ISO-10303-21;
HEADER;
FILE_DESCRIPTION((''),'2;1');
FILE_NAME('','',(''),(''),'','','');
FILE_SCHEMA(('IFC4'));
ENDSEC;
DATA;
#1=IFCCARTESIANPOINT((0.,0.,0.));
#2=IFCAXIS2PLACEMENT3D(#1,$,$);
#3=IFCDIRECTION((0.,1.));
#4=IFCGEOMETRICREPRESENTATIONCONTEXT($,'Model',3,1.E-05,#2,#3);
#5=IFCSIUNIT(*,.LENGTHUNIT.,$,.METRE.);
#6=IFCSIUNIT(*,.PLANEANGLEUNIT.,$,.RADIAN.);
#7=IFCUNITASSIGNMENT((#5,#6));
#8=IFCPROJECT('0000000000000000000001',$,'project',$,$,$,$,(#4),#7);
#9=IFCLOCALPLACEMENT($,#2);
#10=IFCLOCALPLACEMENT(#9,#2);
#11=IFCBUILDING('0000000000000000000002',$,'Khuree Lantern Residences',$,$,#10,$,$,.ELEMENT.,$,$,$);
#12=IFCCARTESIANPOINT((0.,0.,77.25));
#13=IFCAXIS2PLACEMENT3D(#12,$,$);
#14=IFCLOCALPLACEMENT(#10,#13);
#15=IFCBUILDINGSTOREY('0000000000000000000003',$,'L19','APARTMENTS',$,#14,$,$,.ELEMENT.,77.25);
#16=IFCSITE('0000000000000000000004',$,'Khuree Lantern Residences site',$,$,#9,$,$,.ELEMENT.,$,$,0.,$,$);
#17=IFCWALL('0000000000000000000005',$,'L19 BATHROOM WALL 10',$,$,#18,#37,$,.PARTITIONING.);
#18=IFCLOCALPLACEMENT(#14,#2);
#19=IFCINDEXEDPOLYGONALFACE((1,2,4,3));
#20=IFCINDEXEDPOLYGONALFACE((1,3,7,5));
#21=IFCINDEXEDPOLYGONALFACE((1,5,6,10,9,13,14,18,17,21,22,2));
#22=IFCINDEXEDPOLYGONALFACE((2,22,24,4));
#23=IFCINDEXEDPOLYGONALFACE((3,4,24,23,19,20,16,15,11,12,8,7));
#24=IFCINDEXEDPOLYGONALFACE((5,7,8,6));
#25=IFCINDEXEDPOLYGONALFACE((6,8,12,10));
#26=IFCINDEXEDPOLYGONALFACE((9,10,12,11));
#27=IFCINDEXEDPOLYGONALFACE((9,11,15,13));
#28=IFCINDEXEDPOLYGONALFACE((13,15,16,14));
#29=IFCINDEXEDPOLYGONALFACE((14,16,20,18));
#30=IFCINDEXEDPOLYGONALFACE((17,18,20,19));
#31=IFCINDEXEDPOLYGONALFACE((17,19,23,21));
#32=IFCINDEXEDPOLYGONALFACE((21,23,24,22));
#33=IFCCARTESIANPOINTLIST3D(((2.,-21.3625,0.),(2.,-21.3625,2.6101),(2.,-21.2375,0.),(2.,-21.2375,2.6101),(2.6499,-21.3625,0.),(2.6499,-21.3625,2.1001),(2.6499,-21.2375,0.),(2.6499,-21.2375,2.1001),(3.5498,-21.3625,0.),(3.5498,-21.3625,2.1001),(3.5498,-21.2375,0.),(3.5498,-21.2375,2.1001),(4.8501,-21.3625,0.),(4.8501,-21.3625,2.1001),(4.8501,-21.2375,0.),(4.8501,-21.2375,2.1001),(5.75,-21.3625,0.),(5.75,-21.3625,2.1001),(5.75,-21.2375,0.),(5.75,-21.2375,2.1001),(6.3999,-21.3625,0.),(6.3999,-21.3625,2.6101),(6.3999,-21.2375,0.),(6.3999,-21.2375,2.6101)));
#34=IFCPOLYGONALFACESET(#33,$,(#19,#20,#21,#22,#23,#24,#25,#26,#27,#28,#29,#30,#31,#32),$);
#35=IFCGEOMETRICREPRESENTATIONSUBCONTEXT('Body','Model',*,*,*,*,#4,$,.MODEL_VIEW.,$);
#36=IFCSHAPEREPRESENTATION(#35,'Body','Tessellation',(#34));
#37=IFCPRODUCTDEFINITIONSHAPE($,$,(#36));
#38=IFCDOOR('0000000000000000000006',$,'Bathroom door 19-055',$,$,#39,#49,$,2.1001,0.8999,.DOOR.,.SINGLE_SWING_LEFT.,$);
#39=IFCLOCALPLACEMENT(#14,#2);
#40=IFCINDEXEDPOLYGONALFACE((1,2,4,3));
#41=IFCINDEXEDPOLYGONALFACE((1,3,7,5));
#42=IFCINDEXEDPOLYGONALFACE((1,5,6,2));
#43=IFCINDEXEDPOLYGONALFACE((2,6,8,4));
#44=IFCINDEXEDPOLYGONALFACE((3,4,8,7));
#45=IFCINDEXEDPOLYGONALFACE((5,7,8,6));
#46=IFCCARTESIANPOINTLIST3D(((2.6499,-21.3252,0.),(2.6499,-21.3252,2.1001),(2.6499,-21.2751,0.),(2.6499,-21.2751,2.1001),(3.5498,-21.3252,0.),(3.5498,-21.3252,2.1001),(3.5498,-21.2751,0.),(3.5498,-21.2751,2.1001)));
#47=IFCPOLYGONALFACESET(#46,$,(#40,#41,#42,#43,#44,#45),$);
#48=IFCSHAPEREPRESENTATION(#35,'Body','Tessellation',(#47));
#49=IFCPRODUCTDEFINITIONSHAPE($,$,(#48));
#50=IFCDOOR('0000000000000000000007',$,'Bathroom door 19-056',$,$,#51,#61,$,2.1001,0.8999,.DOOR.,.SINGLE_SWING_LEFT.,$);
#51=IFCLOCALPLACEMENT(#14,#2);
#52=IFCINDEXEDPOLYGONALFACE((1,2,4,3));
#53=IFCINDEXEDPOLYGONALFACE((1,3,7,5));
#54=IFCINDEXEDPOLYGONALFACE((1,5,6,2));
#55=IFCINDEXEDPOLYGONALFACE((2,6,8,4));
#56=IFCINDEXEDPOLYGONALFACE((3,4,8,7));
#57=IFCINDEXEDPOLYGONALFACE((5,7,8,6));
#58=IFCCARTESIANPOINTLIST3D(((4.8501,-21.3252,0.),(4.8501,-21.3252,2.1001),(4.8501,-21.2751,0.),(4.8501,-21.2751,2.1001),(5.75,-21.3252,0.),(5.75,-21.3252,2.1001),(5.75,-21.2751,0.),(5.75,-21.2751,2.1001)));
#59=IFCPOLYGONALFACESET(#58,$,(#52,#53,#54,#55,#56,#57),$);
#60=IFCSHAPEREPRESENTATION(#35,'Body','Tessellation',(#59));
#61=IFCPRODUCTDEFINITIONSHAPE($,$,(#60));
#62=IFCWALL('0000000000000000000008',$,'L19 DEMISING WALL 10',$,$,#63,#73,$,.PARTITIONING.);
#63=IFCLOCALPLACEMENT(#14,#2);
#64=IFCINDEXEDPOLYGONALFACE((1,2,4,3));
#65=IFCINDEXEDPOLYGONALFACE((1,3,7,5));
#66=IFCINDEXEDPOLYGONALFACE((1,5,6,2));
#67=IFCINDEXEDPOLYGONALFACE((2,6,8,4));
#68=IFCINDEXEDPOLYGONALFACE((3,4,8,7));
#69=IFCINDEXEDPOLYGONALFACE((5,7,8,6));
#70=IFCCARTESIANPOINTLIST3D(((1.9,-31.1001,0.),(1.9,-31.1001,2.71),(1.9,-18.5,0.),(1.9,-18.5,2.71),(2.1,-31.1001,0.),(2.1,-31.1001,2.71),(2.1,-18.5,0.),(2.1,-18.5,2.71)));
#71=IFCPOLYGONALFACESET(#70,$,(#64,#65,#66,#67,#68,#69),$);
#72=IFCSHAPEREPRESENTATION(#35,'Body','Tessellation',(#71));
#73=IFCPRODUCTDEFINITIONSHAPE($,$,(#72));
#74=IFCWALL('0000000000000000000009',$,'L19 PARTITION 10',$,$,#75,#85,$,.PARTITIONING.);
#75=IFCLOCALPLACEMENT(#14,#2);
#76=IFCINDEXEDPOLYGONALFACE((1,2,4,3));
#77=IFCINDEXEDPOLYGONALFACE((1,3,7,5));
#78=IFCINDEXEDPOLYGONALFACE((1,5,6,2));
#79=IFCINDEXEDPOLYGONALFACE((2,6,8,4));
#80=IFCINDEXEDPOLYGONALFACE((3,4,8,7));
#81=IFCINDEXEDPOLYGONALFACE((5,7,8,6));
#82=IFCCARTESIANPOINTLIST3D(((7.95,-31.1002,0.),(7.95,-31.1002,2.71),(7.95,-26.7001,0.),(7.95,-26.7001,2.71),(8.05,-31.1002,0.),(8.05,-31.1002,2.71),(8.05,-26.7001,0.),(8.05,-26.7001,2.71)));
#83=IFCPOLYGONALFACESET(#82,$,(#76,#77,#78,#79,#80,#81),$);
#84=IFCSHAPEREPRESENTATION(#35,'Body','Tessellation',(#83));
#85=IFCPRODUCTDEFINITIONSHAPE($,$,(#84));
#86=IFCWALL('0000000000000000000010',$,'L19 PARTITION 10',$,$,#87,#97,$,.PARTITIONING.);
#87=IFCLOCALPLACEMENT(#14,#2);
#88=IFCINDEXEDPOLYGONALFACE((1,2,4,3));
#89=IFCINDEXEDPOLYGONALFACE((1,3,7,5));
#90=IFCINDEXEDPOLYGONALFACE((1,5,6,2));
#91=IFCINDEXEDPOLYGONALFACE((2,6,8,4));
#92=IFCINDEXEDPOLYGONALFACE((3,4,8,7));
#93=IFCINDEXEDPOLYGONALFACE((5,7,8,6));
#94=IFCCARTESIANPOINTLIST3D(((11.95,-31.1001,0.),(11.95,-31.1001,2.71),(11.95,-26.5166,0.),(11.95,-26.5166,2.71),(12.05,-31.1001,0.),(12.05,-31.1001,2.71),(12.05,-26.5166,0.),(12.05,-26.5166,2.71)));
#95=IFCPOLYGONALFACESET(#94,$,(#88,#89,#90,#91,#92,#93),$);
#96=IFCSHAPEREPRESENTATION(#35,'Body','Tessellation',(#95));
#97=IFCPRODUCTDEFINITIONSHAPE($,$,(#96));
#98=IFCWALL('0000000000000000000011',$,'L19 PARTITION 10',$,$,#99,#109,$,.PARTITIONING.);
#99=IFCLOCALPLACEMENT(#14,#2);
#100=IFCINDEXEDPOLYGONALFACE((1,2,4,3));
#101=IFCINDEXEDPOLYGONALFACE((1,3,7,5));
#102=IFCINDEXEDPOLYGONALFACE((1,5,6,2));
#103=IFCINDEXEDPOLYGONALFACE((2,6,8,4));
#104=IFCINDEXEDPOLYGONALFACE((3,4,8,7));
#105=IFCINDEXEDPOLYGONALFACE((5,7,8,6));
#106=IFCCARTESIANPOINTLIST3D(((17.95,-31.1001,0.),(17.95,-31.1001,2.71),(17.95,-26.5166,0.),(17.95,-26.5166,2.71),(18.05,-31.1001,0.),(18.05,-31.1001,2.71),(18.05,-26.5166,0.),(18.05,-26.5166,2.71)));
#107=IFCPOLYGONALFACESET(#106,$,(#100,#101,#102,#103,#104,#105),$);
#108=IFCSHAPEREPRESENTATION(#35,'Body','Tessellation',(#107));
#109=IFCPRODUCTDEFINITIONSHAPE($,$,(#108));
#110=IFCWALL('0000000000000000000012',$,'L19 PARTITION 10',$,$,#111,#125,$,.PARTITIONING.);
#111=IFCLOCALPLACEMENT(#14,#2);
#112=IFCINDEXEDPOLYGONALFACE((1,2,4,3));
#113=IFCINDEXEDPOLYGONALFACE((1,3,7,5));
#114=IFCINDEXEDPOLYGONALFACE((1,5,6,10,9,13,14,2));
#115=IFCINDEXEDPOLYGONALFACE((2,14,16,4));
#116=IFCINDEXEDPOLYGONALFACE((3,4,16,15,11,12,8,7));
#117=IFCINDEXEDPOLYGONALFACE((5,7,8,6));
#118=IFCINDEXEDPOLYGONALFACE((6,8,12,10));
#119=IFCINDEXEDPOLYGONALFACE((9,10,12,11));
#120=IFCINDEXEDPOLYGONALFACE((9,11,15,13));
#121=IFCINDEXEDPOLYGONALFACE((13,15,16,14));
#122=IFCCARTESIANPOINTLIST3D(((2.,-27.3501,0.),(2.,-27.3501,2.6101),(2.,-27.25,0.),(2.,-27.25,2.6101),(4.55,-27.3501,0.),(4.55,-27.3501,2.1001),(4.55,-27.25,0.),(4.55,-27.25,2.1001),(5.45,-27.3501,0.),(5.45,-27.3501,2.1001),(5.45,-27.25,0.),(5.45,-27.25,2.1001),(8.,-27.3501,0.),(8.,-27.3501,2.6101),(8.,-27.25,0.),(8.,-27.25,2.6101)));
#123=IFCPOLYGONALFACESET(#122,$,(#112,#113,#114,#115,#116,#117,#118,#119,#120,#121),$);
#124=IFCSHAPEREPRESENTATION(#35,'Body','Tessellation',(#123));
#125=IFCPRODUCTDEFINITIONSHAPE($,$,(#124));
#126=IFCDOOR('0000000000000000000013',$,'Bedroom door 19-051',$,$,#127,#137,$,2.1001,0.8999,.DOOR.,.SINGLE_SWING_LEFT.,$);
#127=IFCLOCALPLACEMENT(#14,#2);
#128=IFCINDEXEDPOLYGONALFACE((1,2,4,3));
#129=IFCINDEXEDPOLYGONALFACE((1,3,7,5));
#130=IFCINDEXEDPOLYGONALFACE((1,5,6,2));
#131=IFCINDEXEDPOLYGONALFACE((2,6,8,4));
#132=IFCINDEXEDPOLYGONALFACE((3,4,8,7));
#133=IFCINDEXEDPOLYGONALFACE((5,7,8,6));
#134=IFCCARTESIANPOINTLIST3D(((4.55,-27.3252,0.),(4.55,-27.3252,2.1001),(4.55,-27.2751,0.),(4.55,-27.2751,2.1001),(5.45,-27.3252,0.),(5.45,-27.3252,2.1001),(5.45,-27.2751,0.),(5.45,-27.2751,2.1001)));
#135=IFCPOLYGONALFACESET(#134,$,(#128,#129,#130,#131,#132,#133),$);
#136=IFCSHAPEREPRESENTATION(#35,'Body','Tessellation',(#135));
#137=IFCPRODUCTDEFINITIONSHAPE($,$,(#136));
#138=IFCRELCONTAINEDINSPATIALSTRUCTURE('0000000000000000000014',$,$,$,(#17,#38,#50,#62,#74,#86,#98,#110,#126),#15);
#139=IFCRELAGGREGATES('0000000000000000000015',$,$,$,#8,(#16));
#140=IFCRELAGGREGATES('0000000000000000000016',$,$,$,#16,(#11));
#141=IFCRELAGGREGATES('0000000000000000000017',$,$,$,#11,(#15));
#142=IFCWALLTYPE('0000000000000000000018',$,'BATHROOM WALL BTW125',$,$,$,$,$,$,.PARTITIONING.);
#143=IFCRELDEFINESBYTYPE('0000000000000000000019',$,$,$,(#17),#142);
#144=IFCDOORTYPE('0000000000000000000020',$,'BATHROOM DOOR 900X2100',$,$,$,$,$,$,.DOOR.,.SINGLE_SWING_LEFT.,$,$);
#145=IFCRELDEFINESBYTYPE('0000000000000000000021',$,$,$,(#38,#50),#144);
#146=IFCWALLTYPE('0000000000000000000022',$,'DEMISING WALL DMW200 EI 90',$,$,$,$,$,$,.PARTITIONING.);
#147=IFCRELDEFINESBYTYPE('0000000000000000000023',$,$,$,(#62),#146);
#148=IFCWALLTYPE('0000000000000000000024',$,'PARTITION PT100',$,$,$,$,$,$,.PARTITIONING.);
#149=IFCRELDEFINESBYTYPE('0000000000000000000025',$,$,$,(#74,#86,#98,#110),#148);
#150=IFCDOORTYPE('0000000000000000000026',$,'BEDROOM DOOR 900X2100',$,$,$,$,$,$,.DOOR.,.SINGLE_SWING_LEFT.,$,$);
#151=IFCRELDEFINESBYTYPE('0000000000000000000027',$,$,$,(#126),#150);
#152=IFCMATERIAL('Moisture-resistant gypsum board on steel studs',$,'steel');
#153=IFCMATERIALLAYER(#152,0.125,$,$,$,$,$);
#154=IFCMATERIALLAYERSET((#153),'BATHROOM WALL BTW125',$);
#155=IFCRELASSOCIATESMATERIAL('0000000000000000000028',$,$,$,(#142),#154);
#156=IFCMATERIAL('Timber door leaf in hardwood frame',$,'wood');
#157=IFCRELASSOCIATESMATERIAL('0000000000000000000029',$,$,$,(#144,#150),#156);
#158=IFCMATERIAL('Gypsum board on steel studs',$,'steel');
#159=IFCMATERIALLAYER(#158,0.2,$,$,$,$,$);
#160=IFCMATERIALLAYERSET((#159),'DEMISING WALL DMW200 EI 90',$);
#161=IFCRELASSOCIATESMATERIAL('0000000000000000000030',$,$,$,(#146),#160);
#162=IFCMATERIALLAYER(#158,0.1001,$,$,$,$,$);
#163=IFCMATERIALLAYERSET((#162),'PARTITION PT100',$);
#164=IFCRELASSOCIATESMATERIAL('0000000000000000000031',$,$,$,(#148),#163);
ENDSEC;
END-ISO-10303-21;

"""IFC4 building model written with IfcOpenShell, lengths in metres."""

from ifc_helpers import new_model, si_unit, direction, frame, frame_2d, origin, place, context, subcontext, project, spatial, rectangle, extrude, material, layer, layer_set, type_object, element, fill, save


model = new_model("IFC4")

# Units and contexts
model_context = context("Model", 3, precision=1e-05, world=origin(), true_north=direction((0.0, 1.0)))
body_context = subcontext(model_context, "Body", "Model", "MODEL_VIEW")
ifc_project = project(units=[si_unit("LENGTHUNIT", "METRE"), si_unit("PLANEANGLEUNIT", "RADIAN")], contexts=[model_context])

# Site, building, storey
site_placement = place(None, origin())
site = spatial("IfcSite", under=ifc_project, at=site_placement, Name="Khuree Lantern Residences site", CompositionType="ELEMENT", RefElevation=0.0)
building_placement = place(site_placement, origin())
building = spatial("IfcBuilding", under=site, at=building_placement, Name="Khuree Lantern Residences", CompositionType="ELEMENT")
storey_placement = place(building_placement, frame((0.0, 0.0, 77.25)))
storey = spatial("IfcBuildingStorey", under=building, at=storey_placement, Name="L19", Description="APARTMENTS", CompositionType="ELEMENT", Elevation=77.25)

# Wall, openings, doors
ifc_material_1 = material(Name="Moisture-resistant gypsum board on steel studs", Category="steel")
ifc_layer_1 = layer(ifc_material_1, 0.125)
ifc_layer_set_1 = layer_set([ifc_layer_1], Name="BATHROOM WALL BTW125")
wall_type_1 = type_object("IfcWallType", Name="BATHROOM WALL BTW125", PredefinedType="PARTITIONING", material=ifc_layer_set_1)
wall_1_placement = place(storey_placement, frame((2.0, -21.3, 0.0), z_axis=(0.0, 0.0, 1.0), x_axis=(1.0, 0.0, 0.0)))
wall_1 = element("IfcWall", 1, at=wall_1_placement, inside=storey, type_object=wall_type_1, Name="L19 BATHROOM WALL 10", PredefinedType="PARTITIONING", context=body_context, shape_type="SweptSolid", body=[
    extrude(rectangle(XDim=4.3999, YDim=0.125, at=frame_2d((2.2, 0.0))), origin(), (0.0, 0.0, 1.0), 2.6101),
])
opening_1_placement = place(wall_1_placement, frame((0.6499, 0.0, 0.0)))
opening_1 = element("IfcOpeningElement", 2, at=opening_1_placement, cuts=wall_1, PredefinedType="OPENING", context=body_context, shape_type="SweptSolid", body=[
    extrude(rectangle(XDim=0.8999, YDim=2.1001, at=frame_2d((0.45, 1.05))), frame((0.0, 0.0725, 0.0), z_axis=(0.0, -1.0, 0.0), x_axis=(1.0, 0.0, 0.0)), (0.0, 0.0, 1.0), 0.145),
])
opening_2_placement = place(wall_1_placement, frame((2.8501, 0.0, 0.0)))
opening_2 = element("IfcOpeningElement", 3, at=opening_2_placement, cuts=wall_1, PredefinedType="OPENING", context=body_context, shape_type="SweptSolid", body=[
    extrude(rectangle(XDim=0.8999, YDim=2.1001, at=frame_2d((0.45, 1.05))), frame((0.0, 0.0725, 0.0), z_axis=(0.0, -1.0, 0.0), x_axis=(1.0, 0.0, 0.0)), (0.0, 0.0, 1.0), 0.145),
])
ifc_material_2 = material(Name="Timber door leaf in hardwood frame", Category="wood")
door_type_1 = type_object("IfcDoorType", Name="BATHROOM DOOR 900X2100", OperationType="SINGLE_SWING_LEFT", PredefinedType="DOOR", material=ifc_material_2)
door_1_placement = place(opening_1_placement, origin())
door_1 = element("IfcDoor", 4, at=door_1_placement, inside=storey, type_object=door_type_1, Name="Bathroom door 19-055", OperationType="SINGLE_SWING_LEFT", OverallHeight=2.1001, OverallWidth=0.8999, PredefinedType="DOOR", context=body_context, shape_type="SweptSolid", body=[
    extrude(rectangle(XDim=0.8999, YDim=2.1001, at=frame_2d((0.45, 1.05))), frame((0.0, 0.0249, 0.0), z_axis=(0.0, -1.0, 0.0), x_axis=(1.0, 0.0, 0.0)), (0.0, 0.0, 1.0), 0.05),
])
fill(opening_1, door_1)
door_2_placement = place(opening_2_placement, origin())
door_2 = element("IfcDoor", 5, at=door_2_placement, inside=storey, type_object=door_type_1, Name="Bathroom door 19-056", OperationType="SINGLE_SWING_LEFT", OverallHeight=2.1001, OverallWidth=0.8999, PredefinedType="DOOR", context=body_context, shape_type="SweptSolid", body=[
    extrude(rectangle(XDim=0.8999, YDim=2.1001, at=frame_2d((0.45, 1.05))), frame((0.0, 0.0249, 0.0), z_axis=(0.0, -1.0, 0.0), x_axis=(1.0, 0.0, 0.0)), (0.0, 0.0, 1.0), 0.05),
])
fill(opening_2, door_2)

# Walls
ifc_material_3 = material(Name="Gypsum board on steel studs", Category="steel")
ifc_layer_2 = layer(ifc_material_3, 0.2)
ifc_layer_set_2 = layer_set([ifc_layer_2], Name="DEMISING WALL DMW200 EI 90")
wall_type_2 = type_object("IfcWallType", Name="DEMISING WALL DMW200 EI 90", PredefinedType="PARTITIONING", material=ifc_layer_set_2)
wall_2_placement = place(storey_placement, frame((2.0, -18.5, 0.0), z_axis=(0.0, 0.0, 1.0), x_axis=(0.0, -1.0, 0.0)))
element("IfcWall", 6, at=wall_2_placement, inside=storey, type_object=wall_type_2, Name="L19 DEMISING WALL 10", PredefinedType="PARTITIONING", context=body_context, shape_type="SweptSolid", body=[
    extrude(rectangle(XDim=12.6001, YDim=0.2, at=frame_2d((6.3, 0.0))), origin(), (0.0, 0.0, 1.0), 2.71),
])
ifc_layer_3 = layer(ifc_material_3, 0.1001)
ifc_layer_set_3 = layer_set([ifc_layer_3], Name="PARTITION PT100")
wall_type_3 = type_object("IfcWallType", Name="PARTITION PT100", PredefinedType="PARTITIONING", material=ifc_layer_set_3)
wall_3_placement = place(storey_placement, frame((8.0, -26.7, 0.0), z_axis=(0.0, 0.0, 1.0), x_axis=(0.0, -1.0, 0.0)))
element("IfcWall", 7, at=wall_3_placement, inside=storey, type_object=wall_type_3, Name="L19 PARTITION 10", PredefinedType="PARTITIONING", context=body_context, shape_type="SweptSolid", body=[
    extrude(rectangle(XDim=4.4001, YDim=0.1001, at=frame_2d((2.2002, 0.0))), origin(), (0.0, 0.0, 1.0), 2.71),
])
for number, where, z_axis, x_axis, name in (
    (8, (12.0, -26.5166, 0.0), (0.0, 0.0, 1.0), (0.0, -1.0, 0.0), "L19 PARTITION 10"),
    (9, (18.0, -26.5166, 0.0), (0.0, 0.0, 1.0), (0.0, -1.0, 0.0), "L19 PARTITION 10"),
):
    element("IfcWall", number, at=place(storey_placement, frame(where, z_axis=z_axis, x_axis=x_axis)), inside=storey, type_object=wall_type_3, Name=name, PredefinedType="PARTITIONING", context=body_context, shape_type="SweptSolid", body=[
        extrude(rectangle(XDim=4.5835, YDim=0.1001, at=frame_2d((2.2917, 0.0))), origin(), (0.0, 0.0, 1.0), 2.71),
    ])

# Wall, opening, door
wall_4_placement = place(storey_placement, frame((2.0, -27.3, 0.0), z_axis=(0.0, 0.0, 1.0), x_axis=(1.0, 0.0, 0.0)))
wall_4 = element("IfcWall", 10, at=wall_4_placement, inside=storey, type_object=wall_type_3, Name="L19 PARTITION 10", PredefinedType="PARTITIONING", context=body_context, shape_type="SweptSolid", body=[
    extrude(rectangle(XDim=6.0, YDim=0.1001, at=frame_2d((3.0, 0.0))), origin(), (0.0, 0.0, 1.0), 2.6101),
])
opening_3_placement = place(wall_4_placement, frame((2.55, 0.0, 0.0)))
opening_3 = element("IfcOpeningElement", 11, at=opening_3_placement, cuts=wall_4, PredefinedType="OPENING", context=body_context, shape_type="SweptSolid", body=[
    extrude(rectangle(XDim=0.8999, YDim=2.1001, at=frame_2d((0.45, 1.05))), frame((0.0, 0.0601, 0.0), z_axis=(0.0, -1.0, 0.0), x_axis=(1.0, 0.0, 0.0)), (0.0, 0.0, 1.0), 0.1201),
])
door_type_2 = type_object("IfcDoorType", Name="BEDROOM DOOR 900X2100", OperationType="SINGLE_SWING_LEFT", PredefinedType="DOOR", material=ifc_material_2)
door_3_placement = place(opening_3_placement, origin())
door_3 = element("IfcDoor", 12, at=door_3_placement, inside=storey, type_object=door_type_2, Name="Bedroom door 19-051", OperationType="SINGLE_SWING_LEFT", OverallHeight=2.1001, OverallWidth=0.8999, PredefinedType="DOOR", context=body_context, shape_type="SweptSolid", body=[
    extrude(rectangle(XDim=0.8999, YDim=2.1001, at=frame_2d((0.45, 1.05))), frame((0.0, 0.0249, 0.0), z_axis=(0.0, -1.0, 0.0), x_axis=(1.0, 0.0, 0.0)), (0.0, 0.0, 1.0), 0.05),
])
fill(opening_3, door_3)

save(model, "model.ifc")
